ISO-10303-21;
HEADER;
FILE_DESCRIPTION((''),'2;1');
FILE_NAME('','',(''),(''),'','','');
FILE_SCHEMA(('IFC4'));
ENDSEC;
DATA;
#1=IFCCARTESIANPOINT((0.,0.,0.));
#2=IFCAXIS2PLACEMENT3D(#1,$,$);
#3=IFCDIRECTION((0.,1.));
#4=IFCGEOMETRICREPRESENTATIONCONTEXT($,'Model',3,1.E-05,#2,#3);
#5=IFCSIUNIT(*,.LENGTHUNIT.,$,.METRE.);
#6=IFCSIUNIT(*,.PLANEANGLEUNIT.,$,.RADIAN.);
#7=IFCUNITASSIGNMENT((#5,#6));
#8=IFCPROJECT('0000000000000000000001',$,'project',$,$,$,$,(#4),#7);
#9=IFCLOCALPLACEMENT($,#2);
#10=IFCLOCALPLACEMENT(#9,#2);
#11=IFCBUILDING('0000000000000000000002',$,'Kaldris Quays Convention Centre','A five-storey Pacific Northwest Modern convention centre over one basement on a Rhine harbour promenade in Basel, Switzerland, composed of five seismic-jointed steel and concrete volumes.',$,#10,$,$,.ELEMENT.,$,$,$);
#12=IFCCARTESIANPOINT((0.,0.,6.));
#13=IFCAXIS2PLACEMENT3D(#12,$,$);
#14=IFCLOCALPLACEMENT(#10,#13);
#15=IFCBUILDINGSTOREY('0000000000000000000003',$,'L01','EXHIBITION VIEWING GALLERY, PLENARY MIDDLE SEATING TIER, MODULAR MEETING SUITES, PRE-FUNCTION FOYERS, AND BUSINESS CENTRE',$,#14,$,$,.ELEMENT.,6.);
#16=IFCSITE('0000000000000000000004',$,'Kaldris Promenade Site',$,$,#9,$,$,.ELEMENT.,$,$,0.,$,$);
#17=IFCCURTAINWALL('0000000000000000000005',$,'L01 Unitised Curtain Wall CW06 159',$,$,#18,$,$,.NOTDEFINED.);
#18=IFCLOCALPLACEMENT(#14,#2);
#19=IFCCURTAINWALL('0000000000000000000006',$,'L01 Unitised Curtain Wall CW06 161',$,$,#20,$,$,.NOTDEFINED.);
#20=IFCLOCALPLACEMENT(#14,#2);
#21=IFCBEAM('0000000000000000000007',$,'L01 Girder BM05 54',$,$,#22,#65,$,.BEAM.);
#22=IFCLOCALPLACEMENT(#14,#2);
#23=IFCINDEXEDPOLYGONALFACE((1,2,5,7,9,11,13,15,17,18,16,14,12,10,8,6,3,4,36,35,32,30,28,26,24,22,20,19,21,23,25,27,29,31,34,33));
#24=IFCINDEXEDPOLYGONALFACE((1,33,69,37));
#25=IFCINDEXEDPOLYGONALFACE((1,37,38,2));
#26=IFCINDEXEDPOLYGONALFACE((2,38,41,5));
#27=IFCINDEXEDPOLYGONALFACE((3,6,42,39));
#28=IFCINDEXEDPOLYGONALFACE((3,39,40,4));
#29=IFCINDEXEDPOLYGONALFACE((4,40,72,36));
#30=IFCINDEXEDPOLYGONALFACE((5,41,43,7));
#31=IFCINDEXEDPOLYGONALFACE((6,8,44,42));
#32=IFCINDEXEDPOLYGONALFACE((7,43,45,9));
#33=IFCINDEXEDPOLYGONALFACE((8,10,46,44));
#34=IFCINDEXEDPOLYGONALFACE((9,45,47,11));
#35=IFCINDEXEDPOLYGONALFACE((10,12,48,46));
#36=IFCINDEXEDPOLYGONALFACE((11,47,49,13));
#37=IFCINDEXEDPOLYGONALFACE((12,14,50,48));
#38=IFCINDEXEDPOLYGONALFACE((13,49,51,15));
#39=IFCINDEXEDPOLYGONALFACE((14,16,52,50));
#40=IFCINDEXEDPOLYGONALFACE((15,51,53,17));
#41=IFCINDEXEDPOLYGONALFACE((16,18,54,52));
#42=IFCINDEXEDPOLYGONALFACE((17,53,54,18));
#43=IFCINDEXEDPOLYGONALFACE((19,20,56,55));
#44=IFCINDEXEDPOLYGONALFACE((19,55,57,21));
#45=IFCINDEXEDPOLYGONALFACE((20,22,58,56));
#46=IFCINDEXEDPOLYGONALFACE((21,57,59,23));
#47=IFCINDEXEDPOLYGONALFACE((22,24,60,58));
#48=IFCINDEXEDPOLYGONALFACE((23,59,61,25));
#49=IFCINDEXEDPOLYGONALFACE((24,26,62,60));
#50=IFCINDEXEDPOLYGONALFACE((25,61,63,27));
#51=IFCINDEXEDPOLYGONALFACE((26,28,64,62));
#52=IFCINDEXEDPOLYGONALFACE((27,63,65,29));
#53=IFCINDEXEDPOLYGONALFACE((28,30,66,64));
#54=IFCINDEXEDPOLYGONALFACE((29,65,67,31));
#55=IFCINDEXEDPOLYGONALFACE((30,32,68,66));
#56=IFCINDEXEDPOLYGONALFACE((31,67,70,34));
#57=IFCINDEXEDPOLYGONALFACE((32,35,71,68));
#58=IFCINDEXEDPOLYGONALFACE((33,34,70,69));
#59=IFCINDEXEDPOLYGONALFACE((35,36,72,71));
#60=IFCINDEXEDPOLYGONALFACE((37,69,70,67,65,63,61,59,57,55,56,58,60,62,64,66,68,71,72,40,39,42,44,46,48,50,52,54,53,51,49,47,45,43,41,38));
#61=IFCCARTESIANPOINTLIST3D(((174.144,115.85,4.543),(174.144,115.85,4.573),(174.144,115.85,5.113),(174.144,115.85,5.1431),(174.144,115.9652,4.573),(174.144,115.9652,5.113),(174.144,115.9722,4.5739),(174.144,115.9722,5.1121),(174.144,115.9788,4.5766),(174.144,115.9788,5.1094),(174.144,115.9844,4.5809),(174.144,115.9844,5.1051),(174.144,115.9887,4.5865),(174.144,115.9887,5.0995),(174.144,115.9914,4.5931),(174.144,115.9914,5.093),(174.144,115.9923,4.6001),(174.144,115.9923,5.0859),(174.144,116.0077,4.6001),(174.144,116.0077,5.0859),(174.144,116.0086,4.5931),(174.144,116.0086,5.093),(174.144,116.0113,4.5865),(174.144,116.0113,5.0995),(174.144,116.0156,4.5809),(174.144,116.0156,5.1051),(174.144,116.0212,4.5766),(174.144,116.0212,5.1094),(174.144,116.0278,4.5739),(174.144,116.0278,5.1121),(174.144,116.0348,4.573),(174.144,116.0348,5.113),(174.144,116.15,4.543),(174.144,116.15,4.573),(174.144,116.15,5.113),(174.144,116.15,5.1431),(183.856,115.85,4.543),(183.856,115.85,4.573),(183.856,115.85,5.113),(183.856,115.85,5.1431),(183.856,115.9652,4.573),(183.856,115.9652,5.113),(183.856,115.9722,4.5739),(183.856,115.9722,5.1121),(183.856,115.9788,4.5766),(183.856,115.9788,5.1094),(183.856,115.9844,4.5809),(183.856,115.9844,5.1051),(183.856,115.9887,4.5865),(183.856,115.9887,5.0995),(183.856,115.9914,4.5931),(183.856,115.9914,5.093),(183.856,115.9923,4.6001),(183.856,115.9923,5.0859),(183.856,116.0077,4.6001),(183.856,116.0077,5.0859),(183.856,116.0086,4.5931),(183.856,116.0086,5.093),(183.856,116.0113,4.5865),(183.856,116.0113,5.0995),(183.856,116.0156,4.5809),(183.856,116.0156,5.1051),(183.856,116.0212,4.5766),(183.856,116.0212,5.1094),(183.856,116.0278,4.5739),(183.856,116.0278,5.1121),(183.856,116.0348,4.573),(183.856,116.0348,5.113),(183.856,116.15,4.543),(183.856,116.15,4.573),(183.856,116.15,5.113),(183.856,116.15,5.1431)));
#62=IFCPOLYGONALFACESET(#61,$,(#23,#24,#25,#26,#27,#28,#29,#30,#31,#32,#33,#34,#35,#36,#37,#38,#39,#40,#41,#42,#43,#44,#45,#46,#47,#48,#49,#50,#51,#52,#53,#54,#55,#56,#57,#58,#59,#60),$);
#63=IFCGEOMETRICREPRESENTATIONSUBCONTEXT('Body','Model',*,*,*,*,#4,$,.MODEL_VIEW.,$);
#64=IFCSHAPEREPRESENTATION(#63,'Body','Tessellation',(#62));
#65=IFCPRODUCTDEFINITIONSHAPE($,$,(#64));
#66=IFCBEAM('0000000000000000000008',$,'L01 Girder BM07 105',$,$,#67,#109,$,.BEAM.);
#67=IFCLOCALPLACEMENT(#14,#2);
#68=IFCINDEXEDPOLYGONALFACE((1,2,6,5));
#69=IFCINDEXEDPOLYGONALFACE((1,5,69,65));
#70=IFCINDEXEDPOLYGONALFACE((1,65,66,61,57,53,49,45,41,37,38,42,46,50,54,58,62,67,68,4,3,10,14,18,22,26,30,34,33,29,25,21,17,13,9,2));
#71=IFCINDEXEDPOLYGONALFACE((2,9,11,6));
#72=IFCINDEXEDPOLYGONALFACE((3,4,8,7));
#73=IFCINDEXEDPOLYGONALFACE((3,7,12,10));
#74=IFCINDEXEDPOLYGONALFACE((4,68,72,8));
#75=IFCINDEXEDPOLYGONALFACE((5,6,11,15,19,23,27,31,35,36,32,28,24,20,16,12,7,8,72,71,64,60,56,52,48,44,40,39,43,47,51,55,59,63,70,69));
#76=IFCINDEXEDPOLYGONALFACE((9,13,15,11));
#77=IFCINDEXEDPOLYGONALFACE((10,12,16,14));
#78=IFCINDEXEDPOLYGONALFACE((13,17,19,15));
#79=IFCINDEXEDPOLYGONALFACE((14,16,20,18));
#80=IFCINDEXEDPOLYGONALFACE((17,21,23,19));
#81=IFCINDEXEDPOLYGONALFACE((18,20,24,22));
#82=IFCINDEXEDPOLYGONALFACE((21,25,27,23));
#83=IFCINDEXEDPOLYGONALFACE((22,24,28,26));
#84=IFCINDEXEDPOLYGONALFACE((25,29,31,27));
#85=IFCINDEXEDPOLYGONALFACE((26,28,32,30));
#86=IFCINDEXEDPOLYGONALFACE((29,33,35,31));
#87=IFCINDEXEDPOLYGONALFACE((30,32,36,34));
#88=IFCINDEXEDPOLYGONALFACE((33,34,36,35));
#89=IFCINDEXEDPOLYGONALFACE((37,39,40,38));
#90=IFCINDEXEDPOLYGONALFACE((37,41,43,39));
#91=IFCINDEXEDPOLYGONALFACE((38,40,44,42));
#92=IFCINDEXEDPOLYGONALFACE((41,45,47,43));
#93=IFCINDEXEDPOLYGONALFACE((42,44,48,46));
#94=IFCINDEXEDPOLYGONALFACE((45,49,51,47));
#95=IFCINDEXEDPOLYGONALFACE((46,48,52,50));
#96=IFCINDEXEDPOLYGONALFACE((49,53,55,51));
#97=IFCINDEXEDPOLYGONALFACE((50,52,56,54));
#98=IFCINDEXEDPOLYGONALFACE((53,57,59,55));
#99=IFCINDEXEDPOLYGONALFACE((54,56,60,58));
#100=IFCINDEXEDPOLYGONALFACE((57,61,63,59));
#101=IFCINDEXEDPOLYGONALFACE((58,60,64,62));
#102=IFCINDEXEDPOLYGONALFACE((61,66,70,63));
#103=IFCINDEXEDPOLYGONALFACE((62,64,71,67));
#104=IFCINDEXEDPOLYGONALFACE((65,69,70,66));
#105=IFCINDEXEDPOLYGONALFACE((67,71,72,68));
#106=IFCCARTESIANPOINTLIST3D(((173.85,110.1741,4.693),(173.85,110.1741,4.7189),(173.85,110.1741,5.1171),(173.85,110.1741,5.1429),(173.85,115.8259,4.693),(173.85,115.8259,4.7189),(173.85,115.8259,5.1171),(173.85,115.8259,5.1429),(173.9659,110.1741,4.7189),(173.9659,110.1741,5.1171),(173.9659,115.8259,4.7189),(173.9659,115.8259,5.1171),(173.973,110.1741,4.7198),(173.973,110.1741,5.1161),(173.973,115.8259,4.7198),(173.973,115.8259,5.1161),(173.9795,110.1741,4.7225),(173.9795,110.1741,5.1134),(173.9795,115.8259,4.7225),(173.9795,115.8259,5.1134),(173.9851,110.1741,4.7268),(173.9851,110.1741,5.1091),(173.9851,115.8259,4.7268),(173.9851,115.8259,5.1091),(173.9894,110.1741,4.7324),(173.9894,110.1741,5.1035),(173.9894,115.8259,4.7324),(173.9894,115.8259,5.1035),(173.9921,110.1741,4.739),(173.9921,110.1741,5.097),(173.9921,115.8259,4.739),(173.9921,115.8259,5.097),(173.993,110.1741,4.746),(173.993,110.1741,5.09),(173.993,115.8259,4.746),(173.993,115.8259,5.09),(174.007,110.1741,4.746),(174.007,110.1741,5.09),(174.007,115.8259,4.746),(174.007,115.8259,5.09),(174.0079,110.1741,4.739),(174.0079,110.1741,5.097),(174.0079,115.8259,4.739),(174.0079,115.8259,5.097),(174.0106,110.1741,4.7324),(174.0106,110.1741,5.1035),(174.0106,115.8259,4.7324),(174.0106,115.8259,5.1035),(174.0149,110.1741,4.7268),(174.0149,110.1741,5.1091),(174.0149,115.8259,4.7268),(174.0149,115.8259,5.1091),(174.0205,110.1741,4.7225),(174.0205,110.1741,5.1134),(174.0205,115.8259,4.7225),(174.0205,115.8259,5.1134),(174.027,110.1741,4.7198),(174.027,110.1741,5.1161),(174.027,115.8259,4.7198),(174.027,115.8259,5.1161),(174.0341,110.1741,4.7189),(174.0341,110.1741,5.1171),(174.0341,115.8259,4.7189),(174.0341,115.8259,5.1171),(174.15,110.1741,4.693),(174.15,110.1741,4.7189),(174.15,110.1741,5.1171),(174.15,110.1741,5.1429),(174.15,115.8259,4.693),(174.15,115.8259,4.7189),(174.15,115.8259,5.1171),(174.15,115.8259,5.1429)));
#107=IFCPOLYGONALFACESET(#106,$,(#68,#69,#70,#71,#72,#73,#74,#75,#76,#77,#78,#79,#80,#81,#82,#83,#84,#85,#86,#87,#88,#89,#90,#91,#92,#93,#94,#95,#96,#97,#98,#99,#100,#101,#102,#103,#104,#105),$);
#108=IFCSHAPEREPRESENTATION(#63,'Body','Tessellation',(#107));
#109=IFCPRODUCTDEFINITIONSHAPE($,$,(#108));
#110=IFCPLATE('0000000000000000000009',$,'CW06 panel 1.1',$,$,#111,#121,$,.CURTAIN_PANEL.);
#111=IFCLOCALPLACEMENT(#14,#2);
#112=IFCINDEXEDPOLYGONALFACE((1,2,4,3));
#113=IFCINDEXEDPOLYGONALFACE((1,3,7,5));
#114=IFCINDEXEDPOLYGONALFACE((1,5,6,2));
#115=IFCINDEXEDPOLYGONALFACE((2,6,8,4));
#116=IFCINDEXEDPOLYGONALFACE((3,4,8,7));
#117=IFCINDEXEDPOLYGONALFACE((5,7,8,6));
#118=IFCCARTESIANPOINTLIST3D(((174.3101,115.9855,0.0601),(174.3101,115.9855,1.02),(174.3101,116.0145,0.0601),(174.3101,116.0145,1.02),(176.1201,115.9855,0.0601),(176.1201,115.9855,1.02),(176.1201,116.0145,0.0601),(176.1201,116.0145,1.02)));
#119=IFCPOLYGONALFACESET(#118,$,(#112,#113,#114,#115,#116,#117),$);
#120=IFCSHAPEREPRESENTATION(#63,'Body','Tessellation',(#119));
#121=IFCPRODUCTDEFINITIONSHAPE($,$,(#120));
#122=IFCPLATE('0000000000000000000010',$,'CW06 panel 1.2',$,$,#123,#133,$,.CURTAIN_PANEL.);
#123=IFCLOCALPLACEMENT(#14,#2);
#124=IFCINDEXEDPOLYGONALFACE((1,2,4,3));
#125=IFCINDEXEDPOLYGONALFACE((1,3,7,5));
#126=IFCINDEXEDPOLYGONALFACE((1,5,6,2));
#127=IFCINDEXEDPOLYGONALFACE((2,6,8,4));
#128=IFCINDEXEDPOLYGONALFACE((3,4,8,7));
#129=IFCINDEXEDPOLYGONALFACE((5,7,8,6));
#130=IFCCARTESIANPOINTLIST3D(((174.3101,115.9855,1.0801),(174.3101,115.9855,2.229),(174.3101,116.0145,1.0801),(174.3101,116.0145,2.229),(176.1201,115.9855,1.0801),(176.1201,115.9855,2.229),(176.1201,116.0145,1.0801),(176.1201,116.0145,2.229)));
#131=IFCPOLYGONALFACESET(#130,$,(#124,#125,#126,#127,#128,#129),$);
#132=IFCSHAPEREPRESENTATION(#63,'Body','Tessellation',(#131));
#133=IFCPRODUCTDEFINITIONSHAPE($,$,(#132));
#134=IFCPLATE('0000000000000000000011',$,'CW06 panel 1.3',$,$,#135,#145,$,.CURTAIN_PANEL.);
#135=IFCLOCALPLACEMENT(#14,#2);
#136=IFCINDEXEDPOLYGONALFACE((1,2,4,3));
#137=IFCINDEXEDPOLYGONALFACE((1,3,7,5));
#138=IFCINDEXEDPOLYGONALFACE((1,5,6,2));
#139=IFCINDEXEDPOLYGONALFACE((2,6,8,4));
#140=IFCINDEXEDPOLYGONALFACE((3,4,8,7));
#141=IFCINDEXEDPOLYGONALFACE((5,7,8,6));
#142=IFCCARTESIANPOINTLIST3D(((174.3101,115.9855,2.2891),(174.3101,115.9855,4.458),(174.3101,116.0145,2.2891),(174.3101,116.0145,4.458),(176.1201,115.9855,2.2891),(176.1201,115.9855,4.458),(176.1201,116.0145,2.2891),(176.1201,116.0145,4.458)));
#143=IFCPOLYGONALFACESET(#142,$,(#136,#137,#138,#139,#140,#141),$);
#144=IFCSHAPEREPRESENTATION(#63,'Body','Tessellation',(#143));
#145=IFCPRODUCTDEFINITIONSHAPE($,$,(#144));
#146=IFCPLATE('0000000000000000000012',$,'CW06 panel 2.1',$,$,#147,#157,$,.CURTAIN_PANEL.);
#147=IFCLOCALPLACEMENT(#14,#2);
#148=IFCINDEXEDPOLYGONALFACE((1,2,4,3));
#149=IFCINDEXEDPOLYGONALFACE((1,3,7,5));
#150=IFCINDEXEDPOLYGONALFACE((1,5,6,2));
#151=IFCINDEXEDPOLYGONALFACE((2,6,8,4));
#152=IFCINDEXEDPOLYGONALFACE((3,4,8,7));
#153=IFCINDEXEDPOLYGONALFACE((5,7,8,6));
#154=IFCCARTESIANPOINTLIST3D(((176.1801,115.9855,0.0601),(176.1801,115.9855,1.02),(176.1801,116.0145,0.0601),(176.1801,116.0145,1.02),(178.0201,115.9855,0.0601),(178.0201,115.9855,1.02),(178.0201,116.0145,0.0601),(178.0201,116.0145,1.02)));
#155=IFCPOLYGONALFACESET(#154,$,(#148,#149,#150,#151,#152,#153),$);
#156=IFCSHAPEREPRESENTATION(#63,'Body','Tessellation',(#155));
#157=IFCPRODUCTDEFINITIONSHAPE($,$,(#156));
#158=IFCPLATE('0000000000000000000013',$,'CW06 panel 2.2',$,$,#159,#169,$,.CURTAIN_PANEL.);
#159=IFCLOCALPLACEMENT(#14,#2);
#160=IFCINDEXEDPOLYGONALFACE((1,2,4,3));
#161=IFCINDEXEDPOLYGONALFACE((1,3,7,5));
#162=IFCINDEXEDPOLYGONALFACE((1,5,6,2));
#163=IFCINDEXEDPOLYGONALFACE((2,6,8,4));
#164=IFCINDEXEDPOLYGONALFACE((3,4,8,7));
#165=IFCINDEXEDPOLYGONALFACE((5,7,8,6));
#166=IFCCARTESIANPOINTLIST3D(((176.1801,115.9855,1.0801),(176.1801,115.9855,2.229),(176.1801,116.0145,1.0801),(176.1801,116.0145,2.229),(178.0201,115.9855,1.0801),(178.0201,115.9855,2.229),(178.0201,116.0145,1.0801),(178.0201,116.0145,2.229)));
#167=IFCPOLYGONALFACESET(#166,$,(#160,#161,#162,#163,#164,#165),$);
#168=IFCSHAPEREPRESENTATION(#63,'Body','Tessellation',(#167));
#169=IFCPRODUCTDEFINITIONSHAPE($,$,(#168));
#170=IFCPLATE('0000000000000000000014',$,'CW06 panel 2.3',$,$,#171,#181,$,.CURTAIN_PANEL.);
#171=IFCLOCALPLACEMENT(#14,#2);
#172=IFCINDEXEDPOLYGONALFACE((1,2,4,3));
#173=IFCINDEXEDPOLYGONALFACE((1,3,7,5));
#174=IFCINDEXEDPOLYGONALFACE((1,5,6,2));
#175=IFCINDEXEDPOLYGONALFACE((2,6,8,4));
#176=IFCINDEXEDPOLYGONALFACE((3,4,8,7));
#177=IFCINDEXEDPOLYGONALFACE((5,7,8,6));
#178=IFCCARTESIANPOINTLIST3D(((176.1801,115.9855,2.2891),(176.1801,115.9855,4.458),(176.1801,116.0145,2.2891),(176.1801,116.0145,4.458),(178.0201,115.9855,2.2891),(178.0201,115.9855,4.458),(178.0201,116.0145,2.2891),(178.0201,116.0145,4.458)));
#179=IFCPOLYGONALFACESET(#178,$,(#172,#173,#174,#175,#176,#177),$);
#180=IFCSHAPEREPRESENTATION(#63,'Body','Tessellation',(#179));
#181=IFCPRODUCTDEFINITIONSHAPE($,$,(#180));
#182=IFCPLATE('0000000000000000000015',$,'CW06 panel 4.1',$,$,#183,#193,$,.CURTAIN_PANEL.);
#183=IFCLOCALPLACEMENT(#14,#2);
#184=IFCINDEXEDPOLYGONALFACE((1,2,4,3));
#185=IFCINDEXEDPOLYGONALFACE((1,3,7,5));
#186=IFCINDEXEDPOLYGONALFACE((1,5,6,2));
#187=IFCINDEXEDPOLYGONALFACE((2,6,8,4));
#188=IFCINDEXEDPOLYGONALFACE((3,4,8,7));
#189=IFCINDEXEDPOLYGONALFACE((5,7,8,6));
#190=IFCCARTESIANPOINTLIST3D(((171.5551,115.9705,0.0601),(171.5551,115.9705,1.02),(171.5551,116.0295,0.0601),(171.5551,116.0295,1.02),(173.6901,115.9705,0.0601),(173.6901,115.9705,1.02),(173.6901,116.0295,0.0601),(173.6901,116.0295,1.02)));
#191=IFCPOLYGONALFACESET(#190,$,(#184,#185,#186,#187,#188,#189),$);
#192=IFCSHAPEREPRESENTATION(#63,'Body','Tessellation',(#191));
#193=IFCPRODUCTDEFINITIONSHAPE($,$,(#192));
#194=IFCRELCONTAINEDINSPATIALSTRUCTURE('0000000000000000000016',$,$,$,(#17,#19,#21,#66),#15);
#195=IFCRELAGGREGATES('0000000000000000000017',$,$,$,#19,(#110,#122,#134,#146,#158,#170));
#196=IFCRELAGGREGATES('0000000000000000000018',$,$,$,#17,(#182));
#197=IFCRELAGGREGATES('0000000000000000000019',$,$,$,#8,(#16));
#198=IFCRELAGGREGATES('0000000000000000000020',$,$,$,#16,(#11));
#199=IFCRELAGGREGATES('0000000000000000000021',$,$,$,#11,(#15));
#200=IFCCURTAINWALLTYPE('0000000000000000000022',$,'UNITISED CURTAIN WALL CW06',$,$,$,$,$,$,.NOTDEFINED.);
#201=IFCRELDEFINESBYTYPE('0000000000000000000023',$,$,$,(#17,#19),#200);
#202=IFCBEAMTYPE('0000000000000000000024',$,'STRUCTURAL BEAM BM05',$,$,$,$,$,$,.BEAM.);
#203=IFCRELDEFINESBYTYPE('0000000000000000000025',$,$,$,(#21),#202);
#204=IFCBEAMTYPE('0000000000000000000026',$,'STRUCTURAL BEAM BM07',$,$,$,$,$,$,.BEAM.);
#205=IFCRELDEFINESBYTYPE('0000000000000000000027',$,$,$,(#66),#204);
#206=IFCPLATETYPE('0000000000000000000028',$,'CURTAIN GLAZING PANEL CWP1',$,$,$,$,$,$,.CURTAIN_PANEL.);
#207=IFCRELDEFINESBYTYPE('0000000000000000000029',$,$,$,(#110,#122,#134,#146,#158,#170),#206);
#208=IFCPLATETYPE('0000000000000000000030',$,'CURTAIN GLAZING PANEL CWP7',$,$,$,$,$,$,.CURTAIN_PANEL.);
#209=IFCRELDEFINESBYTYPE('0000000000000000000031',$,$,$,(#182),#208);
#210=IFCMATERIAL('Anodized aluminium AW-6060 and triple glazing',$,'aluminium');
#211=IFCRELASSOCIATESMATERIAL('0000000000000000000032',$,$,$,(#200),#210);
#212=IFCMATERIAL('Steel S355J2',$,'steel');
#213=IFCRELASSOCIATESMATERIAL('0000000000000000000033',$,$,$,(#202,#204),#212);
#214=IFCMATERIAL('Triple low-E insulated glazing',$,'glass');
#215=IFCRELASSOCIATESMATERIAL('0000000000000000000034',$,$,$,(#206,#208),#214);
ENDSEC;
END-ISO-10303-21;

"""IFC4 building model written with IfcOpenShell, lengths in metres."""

from ifc_helpers import new_model, si_unit, direction, frame, origin, origin_2d, place, context, subcontext, project, spatial, rectangle, i_section, extrude, material, material_profile, profile_set, type_object, element, aggregate, save


model = new_model("IFC4")

# Units and contexts
model_context = context("Model", 3, precision=1e-05, world=origin(), true_north=direction((0.0, 1.0)))
body_context = subcontext(model_context, "Body", "Model", "MODEL_VIEW")
ifc_project = project(units=[si_unit("LENGTHUNIT", "METRE"), si_unit("PLANEANGLEUNIT", "RADIAN")], contexts=[model_context])

# Site, building, storey
site_placement = place(None, origin())
site = spatial("IfcSite", under=ifc_project, at=site_placement, Name="Kaldris Promenade Site", CompositionType="ELEMENT", RefElevation=0.0)
building_placement = place(site_placement, origin())
building = spatial("IfcBuilding", under=site, at=building_placement, Name="Kaldris Quays Convention Centre", Description="A five-storey Pacific Northwest Modern convention centre over one basement on a Rhine harbour promenade in Basel, Switzerland, composed of five seismic-jointed steel and concrete volumes.", CompositionType="ELEMENT")
storey_placement = place(building_placement, frame((0.0, 0.0, 6.0)))
storey = spatial("IfcBuildingStorey", under=building, at=storey_placement, Name="L01", Description="EXHIBITION VIEWING GALLERY, PLENARY MIDDLE SEATING TIER, MODULAR MEETING SUITES, PRE-FUNCTION FOYERS, AND BUSINESS CENTRE", CompositionType="ELEMENT", Elevation=6.0)

# Shared definitions
ifc_material_1 = material(Name="Steel S355J2", Category="steel")

# Curtain wall
ifc_material_2 = material(Name="Anodized aluminium AW-6060 and triple glazing", Category="aluminium")
curtain_wall_type = type_object("IfcCurtainWallType", Name="UNITISED CURTAIN WALL CW06", PredefinedType="NOTDEFINED", material=ifc_material_2)
curtain_wall_1_placement = place(storey_placement, origin())
curtain_wall_1 = element("IfcCurtainWall", 1, at=curtain_wall_1_placement, inside=storey, type_object=curtain_wall_type, Name="L01 Unitised Curtain Wall CW06 159", PredefinedType="NOTDEFINED")

# Curtain wall
curtain_wall_2_placement = place(storey_placement, origin())
curtain_wall_2 = element("IfcCurtainWall", 2, at=curtain_wall_2_placement, inside=storey, type_object=curtain_wall_type, Name="L01 Unitised Curtain Wall CW06 161", PredefinedType="NOTDEFINED")

# Beams
ifc_material_profile_1 = material_profile(ifc_material_1, i_section(OverallWidth=0.3, OverallDepth=0.6001, WebThickness=0.0154, FlangeThickness=0.03, FilletRadius=0.0271, at=origin_2d()), Name="HEB 600")
ifc_profile_set_1 = profile_set([ifc_material_profile_1], Name="Steel S355J2")
beam_type_1 = type_object("IfcBeamType", Name="STRUCTURAL BEAM BM05", PredefinedType="BEAM", material=ifc_profile_set_1)
for number, where, z_axis, x_axis, name in (
    (3, (174.144, 116.0, 4.843), (1.0, 0.0, 0.0), (0.0, 1.0, 0.0), "L01 Girder BM05 54"),
):
    element("IfcBeam", number, at=place(storey_placement, frame(where, z_axis=z_axis, x_axis=x_axis)), inside=storey, type_object=beam_type_1, Name=name, PredefinedType="BEAM", context=body_context, shape_type="SweptSolid", body=[
        extrude(i_section(OverallWidth=0.3, OverallDepth=0.6001, WebThickness=0.0154, FlangeThickness=0.03, FilletRadius=0.0271, at=origin_2d()), origin(), (0.0, 0.0, 1.0), 9.7119),
    ])
ifc_material_profile_2 = material_profile(ifc_material_1, i_section(OverallWidth=0.3, OverallDepth=0.45, WebThickness=0.0139, FlangeThickness=0.0259, FilletRadius=0.0271, at=origin_2d()), Name="HEB 450")
ifc_profile_set_2 = profile_set([ifc_material_profile_2], Name="Steel S355J2")
beam_type_2 = type_object("IfcBeamType", Name="STRUCTURAL BEAM BM07", PredefinedType="BEAM", material=ifc_profile_set_2)
beam_placement = place(storey_placement, frame((174.0, 110.1741, 4.918), z_axis=(0.0, 1.0, 0.0), x_axis=(-1.0, 0.0, 0.0)))
element("IfcBeam", 4, at=beam_placement, inside=storey, type_object=beam_type_2, Name="L01 Girder BM07 105", PredefinedType="BEAM", context=body_context, shape_type="SweptSolid", body=[
    extrude(i_section(OverallWidth=0.3, OverallDepth=0.45, WebThickness=0.0139, FlangeThickness=0.0259, FilletRadius=0.0271, at=origin_2d()), origin(), (0.0, 0.0, 1.0), 5.6519),
])

# Plates
ifc_material_3 = material(Name="Triple low-E insulated glazing", Category="glass")
plate_type_1 = type_object("IfcPlateType", Name="CURTAIN GLAZING PANEL CWP1", PredefinedType="CURTAIN_PANEL", material=ifc_material_3)
plate_1_placement = place(storey_placement, frame((175.2151, 116.0, 0.0601), z_axis=(0.0, 0.0, 1.0), x_axis=(1.0, 0.0, 0.0)))
plate_1 = element("IfcPlate", 5, at=plate_1_placement, type_object=plate_type_1, Name="CW06 panel 1.1", PredefinedType="CURTAIN_PANEL", context=body_context, shape_type="SweptSolid", body=[
    extrude(rectangle(XDim=1.8101, YDim=0.0291, at=origin_2d()), origin(), (0.0, 0.0, 1.0), 0.96),
])
plate_2_placement = place(storey_placement, frame((175.2151, 116.0, 1.0801), z_axis=(0.0, 0.0, 1.0), x_axis=(1.0, 0.0, 0.0)))
plate_2 = element("IfcPlate", 6, at=plate_2_placement, type_object=plate_type_1, Name="CW06 panel 1.2", PredefinedType="CURTAIN_PANEL", context=body_context, shape_type="SweptSolid", body=[
    extrude(rectangle(XDim=1.8101, YDim=0.0291, at=origin_2d()), origin(), (0.0, 0.0, 1.0), 1.1489),
])
plate_3_placement = place(storey_placement, frame((175.2151, 116.0, 2.2891), z_axis=(0.0, 0.0, 1.0), x_axis=(1.0, 0.0, 0.0)))
plate_3 = element("IfcPlate", 7, at=plate_3_placement, type_object=plate_type_1, Name="CW06 panel 1.3", PredefinedType="CURTAIN_PANEL", context=body_context, shape_type="SweptSolid", body=[
    extrude(rectangle(XDim=1.8101, YDim=0.0291, at=origin_2d()), origin(), (0.0, 0.0, 1.0), 2.1689),
])
plate_4_placement = place(storey_placement, frame((177.1001, 116.0, 0.0601), z_axis=(0.0, 0.0, 1.0), x_axis=(1.0, 0.0, 0.0)))
plate_4 = element("IfcPlate", 8, at=plate_4_placement, type_object=plate_type_1, Name="CW06 panel 2.1", PredefinedType="CURTAIN_PANEL", context=body_context, shape_type="SweptSolid", body=[
    extrude(rectangle(XDim=1.8401, YDim=0.0291, at=origin_2d()), origin(), (0.0, 0.0, 1.0), 0.96),
])
plate_5_placement = place(storey_placement, frame((177.1001, 116.0, 1.0801), z_axis=(0.0, 0.0, 1.0), x_axis=(1.0, 0.0, 0.0)))
plate_5 = element("IfcPlate", 9, at=plate_5_placement, type_object=plate_type_1, Name="CW06 panel 2.2", PredefinedType="CURTAIN_PANEL", context=body_context, shape_type="SweptSolid", body=[
    extrude(rectangle(XDim=1.8401, YDim=0.0291, at=origin_2d()), origin(), (0.0, 0.0, 1.0), 1.1489),
])
plate_6_placement = place(storey_placement, frame((177.1001, 116.0, 2.2891), z_axis=(0.0, 0.0, 1.0), x_axis=(1.0, 0.0, 0.0)))
plate_6 = element("IfcPlate", 10, at=plate_6_placement, type_object=plate_type_1, Name="CW06 panel 2.3", PredefinedType="CURTAIN_PANEL", context=body_context, shape_type="SweptSolid", body=[
    extrude(rectangle(XDim=1.8401, YDim=0.0291, at=origin_2d()), origin(), (0.0, 0.0, 1.0), 2.1689),
])
aggregate(curtain_wall_2, [plate_1, plate_2, plate_3, plate_4, plate_5, plate_6])
plate_type_2 = type_object("IfcPlateType", Name="CURTAIN GLAZING PANEL CWP7", PredefinedType="CURTAIN_PANEL", material=ifc_material_3)
plate_7_placement = place(storey_placement, frame((172.6226, 116.0, 0.0601), z_axis=(0.0, 0.0, 1.0), x_axis=(1.0, 0.0, 0.0)))
plate_7 = element("IfcPlate", 11, at=plate_7_placement, type_object=plate_type_2, Name="CW06 panel 4.1", PredefinedType="CURTAIN_PANEL", context=body_context, shape_type="SweptSolid", body=[
    extrude(rectangle(XDim=2.135, YDim=0.0591, at=origin_2d()), origin(), (0.0, 0.0, 1.0), 0.96),
])
aggregate(curtain_wall_1, [plate_7])

save(model, "model.ifc")
